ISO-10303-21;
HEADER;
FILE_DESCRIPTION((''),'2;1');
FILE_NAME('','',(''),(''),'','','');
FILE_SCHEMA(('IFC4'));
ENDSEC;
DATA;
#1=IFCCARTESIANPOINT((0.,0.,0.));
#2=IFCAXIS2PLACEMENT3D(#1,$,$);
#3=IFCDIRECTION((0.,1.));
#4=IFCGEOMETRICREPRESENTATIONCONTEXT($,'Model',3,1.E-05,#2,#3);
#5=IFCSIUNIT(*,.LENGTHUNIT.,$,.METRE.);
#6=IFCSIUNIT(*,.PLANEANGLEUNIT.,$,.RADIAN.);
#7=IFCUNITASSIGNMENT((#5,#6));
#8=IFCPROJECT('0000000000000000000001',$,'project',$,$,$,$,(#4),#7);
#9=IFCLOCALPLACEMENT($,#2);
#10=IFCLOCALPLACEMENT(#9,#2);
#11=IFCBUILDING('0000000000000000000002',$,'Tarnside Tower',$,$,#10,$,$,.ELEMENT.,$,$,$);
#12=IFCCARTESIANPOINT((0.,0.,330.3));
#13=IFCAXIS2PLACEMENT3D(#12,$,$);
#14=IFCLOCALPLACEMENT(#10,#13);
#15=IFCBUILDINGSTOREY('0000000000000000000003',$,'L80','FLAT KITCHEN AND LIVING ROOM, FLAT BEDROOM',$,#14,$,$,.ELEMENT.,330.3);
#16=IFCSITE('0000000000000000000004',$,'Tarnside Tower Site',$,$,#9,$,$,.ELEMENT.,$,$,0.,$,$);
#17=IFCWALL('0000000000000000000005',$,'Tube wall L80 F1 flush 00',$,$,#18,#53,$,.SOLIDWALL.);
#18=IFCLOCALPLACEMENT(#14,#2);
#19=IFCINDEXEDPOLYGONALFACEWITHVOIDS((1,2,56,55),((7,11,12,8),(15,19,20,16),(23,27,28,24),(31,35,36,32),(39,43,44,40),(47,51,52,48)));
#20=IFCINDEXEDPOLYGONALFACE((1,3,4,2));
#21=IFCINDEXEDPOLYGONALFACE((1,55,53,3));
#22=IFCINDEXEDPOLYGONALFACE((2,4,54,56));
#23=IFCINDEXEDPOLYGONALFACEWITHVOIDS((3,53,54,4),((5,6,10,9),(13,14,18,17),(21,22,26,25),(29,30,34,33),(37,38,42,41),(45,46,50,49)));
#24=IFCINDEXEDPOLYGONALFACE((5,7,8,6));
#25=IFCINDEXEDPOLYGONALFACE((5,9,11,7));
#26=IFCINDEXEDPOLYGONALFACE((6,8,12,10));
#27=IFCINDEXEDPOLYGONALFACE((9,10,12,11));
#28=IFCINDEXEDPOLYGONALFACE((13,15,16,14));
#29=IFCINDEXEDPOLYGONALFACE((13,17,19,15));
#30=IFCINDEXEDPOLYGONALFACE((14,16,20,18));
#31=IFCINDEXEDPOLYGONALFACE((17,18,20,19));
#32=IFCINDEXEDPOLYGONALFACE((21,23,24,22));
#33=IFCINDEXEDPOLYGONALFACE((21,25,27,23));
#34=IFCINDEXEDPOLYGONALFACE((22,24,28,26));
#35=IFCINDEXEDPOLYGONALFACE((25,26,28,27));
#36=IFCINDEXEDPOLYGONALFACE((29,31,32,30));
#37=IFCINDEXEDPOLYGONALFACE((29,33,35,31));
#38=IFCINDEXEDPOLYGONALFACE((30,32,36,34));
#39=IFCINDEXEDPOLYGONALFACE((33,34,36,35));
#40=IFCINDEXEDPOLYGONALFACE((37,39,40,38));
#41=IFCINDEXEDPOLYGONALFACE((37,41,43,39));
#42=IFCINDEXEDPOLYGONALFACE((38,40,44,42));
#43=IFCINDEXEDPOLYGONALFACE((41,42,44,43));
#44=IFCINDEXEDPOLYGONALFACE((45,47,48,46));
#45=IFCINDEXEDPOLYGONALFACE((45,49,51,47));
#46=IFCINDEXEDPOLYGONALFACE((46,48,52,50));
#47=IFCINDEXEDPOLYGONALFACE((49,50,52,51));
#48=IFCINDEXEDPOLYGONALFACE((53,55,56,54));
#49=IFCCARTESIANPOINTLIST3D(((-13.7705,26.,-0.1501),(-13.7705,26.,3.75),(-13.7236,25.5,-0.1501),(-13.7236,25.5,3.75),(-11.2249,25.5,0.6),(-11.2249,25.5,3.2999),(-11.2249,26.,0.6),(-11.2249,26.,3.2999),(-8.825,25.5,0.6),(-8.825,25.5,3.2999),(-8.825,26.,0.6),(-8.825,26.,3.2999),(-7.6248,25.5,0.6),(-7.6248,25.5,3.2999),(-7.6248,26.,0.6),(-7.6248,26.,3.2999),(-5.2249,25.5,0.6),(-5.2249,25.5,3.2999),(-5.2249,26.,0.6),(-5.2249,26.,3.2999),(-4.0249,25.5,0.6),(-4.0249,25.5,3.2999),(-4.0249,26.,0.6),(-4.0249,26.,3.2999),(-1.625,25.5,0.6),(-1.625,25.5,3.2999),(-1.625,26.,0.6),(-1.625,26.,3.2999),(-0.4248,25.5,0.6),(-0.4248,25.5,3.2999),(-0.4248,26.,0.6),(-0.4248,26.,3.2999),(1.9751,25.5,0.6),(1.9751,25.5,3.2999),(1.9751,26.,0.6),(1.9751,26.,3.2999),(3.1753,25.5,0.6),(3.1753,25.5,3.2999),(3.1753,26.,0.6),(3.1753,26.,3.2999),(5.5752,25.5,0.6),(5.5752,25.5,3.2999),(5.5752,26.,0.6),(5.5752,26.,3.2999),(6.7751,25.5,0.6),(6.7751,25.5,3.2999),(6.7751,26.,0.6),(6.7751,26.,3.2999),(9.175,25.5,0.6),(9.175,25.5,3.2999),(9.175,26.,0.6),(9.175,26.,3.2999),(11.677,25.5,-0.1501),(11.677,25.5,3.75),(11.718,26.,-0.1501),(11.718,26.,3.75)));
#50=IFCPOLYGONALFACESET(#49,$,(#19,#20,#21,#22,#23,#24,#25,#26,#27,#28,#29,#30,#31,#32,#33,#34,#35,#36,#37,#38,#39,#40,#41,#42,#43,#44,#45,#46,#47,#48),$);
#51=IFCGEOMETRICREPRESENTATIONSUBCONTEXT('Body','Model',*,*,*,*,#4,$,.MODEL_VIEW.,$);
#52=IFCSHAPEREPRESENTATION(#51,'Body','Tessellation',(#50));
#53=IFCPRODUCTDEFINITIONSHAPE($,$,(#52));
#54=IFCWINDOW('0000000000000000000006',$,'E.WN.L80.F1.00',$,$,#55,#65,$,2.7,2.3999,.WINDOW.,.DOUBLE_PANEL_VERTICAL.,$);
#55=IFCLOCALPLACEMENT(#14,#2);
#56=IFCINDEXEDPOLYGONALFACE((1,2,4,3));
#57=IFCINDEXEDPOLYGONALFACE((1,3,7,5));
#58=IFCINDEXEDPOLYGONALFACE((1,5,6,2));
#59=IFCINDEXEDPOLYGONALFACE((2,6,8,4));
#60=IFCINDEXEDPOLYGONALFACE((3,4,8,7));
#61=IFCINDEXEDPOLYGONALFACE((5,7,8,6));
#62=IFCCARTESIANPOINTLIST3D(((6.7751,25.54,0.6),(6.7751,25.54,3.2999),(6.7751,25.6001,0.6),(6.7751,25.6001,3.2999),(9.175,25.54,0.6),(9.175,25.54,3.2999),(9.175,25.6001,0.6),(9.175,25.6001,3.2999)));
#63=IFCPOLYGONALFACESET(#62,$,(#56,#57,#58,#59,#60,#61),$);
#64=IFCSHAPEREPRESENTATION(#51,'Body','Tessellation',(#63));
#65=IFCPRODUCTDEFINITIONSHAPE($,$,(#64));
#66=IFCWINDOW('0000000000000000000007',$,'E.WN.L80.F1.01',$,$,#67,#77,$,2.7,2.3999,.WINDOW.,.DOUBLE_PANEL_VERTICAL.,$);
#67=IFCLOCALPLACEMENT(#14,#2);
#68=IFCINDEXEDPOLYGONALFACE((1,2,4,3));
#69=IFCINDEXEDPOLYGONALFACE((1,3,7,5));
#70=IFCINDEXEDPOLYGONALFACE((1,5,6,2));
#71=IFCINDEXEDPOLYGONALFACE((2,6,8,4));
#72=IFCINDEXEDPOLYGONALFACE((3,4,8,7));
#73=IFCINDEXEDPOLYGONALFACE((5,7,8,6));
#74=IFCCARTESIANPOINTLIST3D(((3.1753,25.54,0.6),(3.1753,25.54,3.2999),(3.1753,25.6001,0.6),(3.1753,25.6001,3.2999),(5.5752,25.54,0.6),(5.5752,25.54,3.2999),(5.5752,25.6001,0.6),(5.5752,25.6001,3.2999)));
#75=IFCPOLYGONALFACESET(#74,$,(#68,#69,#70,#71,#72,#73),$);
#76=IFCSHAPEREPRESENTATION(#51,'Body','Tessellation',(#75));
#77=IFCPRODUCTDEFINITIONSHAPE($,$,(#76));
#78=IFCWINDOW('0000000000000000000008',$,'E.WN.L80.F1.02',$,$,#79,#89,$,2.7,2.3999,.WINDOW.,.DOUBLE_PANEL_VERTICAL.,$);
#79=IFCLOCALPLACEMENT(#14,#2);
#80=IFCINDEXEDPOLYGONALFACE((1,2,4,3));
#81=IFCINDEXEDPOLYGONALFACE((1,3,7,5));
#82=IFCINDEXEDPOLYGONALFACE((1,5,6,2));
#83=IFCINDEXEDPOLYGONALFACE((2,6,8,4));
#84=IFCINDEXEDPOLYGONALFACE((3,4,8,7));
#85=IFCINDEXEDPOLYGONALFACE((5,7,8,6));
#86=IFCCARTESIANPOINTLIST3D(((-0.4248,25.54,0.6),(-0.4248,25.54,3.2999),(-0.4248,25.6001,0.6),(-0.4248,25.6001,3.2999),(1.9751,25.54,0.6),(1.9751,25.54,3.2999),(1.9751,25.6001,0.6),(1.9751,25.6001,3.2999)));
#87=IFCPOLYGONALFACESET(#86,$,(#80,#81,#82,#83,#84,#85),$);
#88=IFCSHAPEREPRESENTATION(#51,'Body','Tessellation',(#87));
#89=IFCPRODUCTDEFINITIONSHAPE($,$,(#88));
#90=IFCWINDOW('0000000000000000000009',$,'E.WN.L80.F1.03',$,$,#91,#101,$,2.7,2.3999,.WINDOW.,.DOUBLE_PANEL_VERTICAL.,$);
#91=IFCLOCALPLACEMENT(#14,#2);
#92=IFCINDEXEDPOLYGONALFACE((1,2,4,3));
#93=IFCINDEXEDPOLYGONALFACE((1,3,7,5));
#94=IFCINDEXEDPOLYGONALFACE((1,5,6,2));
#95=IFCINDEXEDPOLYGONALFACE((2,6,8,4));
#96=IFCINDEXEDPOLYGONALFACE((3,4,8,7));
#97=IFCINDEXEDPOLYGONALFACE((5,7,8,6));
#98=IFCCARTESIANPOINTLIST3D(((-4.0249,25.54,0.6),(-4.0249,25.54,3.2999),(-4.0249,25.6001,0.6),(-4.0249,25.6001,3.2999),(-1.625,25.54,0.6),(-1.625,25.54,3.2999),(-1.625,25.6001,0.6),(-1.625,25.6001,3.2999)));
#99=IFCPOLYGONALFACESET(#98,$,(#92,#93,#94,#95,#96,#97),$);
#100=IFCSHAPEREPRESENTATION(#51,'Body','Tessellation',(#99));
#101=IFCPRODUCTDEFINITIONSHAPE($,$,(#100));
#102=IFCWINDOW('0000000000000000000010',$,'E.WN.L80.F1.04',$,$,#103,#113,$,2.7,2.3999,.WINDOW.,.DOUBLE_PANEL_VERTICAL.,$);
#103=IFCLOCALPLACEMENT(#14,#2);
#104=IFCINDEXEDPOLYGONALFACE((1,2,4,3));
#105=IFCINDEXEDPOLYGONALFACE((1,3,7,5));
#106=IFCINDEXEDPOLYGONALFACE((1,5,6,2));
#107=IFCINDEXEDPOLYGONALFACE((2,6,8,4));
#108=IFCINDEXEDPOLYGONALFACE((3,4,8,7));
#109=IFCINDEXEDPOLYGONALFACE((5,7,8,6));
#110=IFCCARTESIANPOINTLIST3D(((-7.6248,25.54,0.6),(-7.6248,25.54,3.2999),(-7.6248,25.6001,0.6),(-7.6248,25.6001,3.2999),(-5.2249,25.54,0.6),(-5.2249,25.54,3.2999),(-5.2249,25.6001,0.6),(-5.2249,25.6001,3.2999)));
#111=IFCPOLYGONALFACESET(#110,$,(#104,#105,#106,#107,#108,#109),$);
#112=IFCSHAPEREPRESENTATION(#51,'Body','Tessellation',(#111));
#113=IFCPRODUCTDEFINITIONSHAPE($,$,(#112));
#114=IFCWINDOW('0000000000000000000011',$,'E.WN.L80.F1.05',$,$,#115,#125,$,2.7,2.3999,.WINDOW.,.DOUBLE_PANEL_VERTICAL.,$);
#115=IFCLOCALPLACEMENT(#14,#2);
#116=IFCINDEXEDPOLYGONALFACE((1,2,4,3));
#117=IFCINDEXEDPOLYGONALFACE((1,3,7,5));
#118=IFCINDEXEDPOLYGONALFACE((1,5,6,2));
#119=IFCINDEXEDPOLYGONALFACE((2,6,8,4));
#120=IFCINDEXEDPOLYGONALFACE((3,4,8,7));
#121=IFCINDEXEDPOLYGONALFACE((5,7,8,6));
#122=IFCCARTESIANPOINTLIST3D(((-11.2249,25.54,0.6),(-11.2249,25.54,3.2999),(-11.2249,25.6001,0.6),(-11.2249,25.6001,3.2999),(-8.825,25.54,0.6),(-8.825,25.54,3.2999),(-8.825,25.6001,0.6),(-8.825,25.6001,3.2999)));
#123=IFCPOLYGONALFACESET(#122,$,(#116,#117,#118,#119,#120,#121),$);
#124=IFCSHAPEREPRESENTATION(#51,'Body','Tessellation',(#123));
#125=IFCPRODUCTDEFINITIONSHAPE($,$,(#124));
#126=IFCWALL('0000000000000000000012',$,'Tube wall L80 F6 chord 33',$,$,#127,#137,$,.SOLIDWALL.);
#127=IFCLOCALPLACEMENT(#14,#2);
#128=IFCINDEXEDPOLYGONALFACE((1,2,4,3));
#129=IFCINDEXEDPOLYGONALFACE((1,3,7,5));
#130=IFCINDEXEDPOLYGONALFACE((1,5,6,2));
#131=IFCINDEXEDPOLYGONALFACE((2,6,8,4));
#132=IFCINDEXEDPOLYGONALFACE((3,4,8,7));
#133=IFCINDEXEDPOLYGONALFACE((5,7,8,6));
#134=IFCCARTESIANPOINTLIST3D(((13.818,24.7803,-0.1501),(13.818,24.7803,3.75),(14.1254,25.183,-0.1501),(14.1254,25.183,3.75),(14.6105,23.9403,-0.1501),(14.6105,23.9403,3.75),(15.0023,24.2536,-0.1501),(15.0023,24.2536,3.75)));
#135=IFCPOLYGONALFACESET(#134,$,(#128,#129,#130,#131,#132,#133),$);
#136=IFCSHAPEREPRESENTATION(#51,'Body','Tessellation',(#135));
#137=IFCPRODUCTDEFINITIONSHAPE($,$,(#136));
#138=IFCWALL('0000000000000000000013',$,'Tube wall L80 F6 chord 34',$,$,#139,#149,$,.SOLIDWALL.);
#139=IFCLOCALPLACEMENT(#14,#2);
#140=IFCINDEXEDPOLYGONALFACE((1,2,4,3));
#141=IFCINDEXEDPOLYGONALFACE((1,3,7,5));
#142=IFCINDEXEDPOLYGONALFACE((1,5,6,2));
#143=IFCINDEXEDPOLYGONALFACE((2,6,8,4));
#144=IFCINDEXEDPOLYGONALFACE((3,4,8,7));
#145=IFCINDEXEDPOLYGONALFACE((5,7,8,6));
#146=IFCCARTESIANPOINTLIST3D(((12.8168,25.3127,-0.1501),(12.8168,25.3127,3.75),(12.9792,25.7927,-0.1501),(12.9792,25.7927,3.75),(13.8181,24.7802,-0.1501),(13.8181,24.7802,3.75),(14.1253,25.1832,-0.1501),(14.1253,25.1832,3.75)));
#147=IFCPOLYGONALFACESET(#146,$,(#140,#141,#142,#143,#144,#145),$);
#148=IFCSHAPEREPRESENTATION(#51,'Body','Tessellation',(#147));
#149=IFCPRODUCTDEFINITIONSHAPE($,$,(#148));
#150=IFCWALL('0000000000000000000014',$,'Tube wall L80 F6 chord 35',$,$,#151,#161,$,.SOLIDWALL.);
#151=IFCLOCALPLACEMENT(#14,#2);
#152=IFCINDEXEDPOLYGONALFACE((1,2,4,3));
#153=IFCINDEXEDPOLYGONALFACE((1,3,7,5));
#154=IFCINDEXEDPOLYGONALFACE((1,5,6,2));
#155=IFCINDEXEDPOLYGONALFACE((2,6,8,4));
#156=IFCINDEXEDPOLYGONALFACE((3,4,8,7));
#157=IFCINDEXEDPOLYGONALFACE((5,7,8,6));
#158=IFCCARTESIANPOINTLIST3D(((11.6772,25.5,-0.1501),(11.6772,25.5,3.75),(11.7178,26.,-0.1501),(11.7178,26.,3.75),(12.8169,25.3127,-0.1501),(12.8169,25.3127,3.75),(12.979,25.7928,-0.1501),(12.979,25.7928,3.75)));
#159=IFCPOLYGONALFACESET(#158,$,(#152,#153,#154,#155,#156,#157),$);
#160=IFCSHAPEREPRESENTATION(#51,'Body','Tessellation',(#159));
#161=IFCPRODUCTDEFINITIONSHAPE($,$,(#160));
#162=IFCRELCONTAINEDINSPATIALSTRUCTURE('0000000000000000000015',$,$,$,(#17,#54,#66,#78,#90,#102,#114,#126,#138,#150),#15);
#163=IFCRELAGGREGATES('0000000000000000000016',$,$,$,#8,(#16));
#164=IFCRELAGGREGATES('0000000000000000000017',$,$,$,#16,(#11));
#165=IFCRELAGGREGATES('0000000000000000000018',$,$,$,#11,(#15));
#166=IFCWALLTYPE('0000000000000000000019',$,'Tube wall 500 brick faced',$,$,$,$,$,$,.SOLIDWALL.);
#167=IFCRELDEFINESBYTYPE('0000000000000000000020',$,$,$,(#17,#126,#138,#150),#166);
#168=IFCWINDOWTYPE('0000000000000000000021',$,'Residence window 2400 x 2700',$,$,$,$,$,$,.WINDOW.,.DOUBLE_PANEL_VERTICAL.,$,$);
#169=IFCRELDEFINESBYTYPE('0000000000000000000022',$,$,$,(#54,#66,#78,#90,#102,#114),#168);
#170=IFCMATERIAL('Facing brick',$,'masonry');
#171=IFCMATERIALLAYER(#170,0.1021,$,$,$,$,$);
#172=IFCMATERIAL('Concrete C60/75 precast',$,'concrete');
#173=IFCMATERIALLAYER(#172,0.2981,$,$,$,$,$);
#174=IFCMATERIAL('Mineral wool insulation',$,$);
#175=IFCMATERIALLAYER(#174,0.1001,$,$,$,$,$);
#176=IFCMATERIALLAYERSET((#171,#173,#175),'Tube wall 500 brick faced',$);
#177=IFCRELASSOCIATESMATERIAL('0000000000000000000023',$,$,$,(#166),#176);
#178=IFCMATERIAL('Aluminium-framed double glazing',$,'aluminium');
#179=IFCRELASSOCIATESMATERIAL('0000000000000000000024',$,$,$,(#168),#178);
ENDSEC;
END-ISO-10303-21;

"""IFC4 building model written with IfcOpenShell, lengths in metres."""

from ifc_helpers import new_model, si_unit, direction, frame, frame_2d, origin, place, context, subcontext, project, spatial, polyline, rectangle, outline, extrude, material, layer, layer_set, type_object, element, fill, save


model = new_model("IFC4")

# Units and contexts
model_context = context("Model", 3, precision=1e-05, world=origin(), true_north=direction((0.0, 1.0)))
body_context = subcontext(model_context, "Body", "Model", "MODEL_VIEW")
ifc_project = project(units=[si_unit("LENGTHUNIT", "METRE"), si_unit("PLANEANGLEUNIT", "RADIAN")], contexts=[model_context])

# Site, building, storey
site_placement = place(None, origin())
site = spatial("IfcSite", under=ifc_project, at=site_placement, Name="Tarnside Tower Site", CompositionType="ELEMENT", RefElevation=0.0)
building_placement = place(site_placement, origin())
building = spatial("IfcBuilding", under=site, at=building_placement, Name="Tarnside Tower", CompositionType="ELEMENT")
storey_placement = place(building_placement, frame((0.0, 0.0, 330.3)))
storey = spatial("IfcBuildingStorey", under=building, at=storey_placement, Name="L80", Description="FLAT KITCHEN AND LIVING ROOM, FLAT BEDROOM", CompositionType="ELEMENT", Elevation=330.3)

# Shared definitions
ifc_material_1 = material(Name="Concrete C60/75 precast", Category="concrete")
ifc_material_2 = material(Name="Mineral wool insulation")

# Wall, openings, windows
ifc_material_3 = material(Name="Facing brick", Category="masonry")
ifc_layer_1 = layer(ifc_material_3, 0.1021)
ifc_layer_2 = layer(ifc_material_1, 0.2981)
ifc_layer_3 = layer(ifc_material_2, 0.1001)
ifc_layer_set_1 = layer_set([ifc_layer_1, ifc_layer_2, ifc_layer_3], Name="Tube wall 500 brick faced")
wall_type_1 = type_object("IfcWallType", Name="Tube wall 500 brick faced", PredefinedType="SOLIDWALL", material=ifc_layer_set_1)
wall_1_placement = place(storey_placement, frame((11.6975, 25.75, -0.1501), z_axis=(0.0, 0.0, 1.0), x_axis=(-1.0, 0.0, 0.0)))
wall_1 = element("IfcWall", 1, at=wall_1_placement, inside=storey, type_object=wall_type_1, Name="Tube wall L80 F1 flush 00", PredefinedType="SOLIDWALL", context=body_context, shape_type="SweptSolid", body=[
    extrude(outline(polyline([(-0.0205, -0.25), (25.468, -0.25), (25.4211, 0.25), (0.0205, 0.25), (-0.0205, -0.25)])), origin(), (0.0, 0.0, 1.0), 3.9001),
])
opening_1_placement = place(wall_1_placement, frame((2.5225, 0.0, 0.75)))
opening_1 = element("IfcOpeningElement", 2, at=opening_1_placement, cuts=wall_1, PredefinedType="OPENING", context=body_context, shape_type="SweptSolid", body=[
    extrude(rectangle(XDim=2.3999, YDim=2.7, at=frame_2d((1.2, 1.3501))), frame((0.0, 0.26, 0.0), z_axis=(0.0, -1.0, 0.0), x_axis=(1.0, 0.0, 0.0)), (0.0, 0.0, 1.0), 0.52),
])
opening_2_placement = place(wall_1_placement, frame((6.1223, 0.0, 0.75)))
opening_2 = element("IfcOpeningElement", 3, at=opening_2_placement, cuts=wall_1, PredefinedType="OPENING", context=body_context, shape_type="SweptSolid", body=[
    extrude(rectangle(XDim=2.3999, YDim=2.7, at=frame_2d((1.2, 1.3501))), frame((0.0, 0.26, 0.0), z_axis=(0.0, -1.0, 0.0), x_axis=(1.0, 0.0, 0.0)), (0.0, 0.0, 1.0), 0.52),
])
opening_3_placement = place(wall_1_placement, frame((9.7224, 0.0, 0.75)))
opening_3 = element("IfcOpeningElement", 4, at=opening_3_placement, cuts=wall_1, PredefinedType="OPENING", context=body_context, shape_type="SweptSolid", body=[
    extrude(rectangle(XDim=2.3999, YDim=2.7, at=frame_2d((1.2, 1.3501))), frame((0.0, 0.26, 0.0), z_axis=(0.0, -1.0, 0.0), x_axis=(1.0, 0.0, 0.0)), (0.0, 0.0, 1.0), 0.52),
])
opening_4_placement = place(wall_1_placement, frame((13.3225, 0.0, 0.75)))
opening_4 = element("IfcOpeningElement", 5, at=opening_4_placement, cuts=wall_1, PredefinedType="OPENING", context=body_context, shape_type="SweptSolid", body=[
    extrude(rectangle(XDim=2.3999, YDim=2.7, at=frame_2d((1.2, 1.3501))), frame((0.0, 0.26, 0.0), z_axis=(0.0, -1.0, 0.0), x_axis=(1.0, 0.0, 0.0)), (0.0, 0.0, 1.0), 0.52),
])
opening_5_placement = place(wall_1_placement, frame((16.9224, 0.0, 0.75)))
opening_5 = element("IfcOpeningElement", 6, at=opening_5_placement, cuts=wall_1, PredefinedType="OPENING", context=body_context, shape_type="SweptSolid", body=[
    extrude(rectangle(XDim=2.3999, YDim=2.7, at=frame_2d((1.2, 1.3501))), frame((0.0, 0.26, 0.0), z_axis=(0.0, -1.0, 0.0), x_axis=(1.0, 0.0, 0.0)), (0.0, 0.0, 1.0), 0.52),
])
opening_6_placement = place(wall_1_placement, frame((20.5225, 0.0, 0.75)))
opening_6 = element("IfcOpeningElement", 7, at=opening_6_placement, cuts=wall_1, PredefinedType="OPENING", context=body_context, shape_type="SweptSolid", body=[
    extrude(rectangle(XDim=2.3999, YDim=2.7, at=frame_2d((1.2, 1.3501))), frame((0.0, 0.26, 0.0), z_axis=(0.0, -1.0, 0.0), x_axis=(1.0, 0.0, 0.0)), (0.0, 0.0, 1.0), 0.52),
])
ifc_material_4 = material(Name="Aluminium-framed double glazing", Category="aluminium")
window_type = type_object("IfcWindowType", Name="Residence window 2400 x 2700", PartitioningType="DOUBLE_PANEL_VERTICAL", PredefinedType="WINDOW", material=ifc_material_4)
window_1_placement = place(opening_1_placement, frame((0.0, 0.1799, 0.0)))
window_1 = element("IfcWindow", 8, at=window_1_placement, inside=storey, type_object=window_type, Name="E.WN.L80.F1.00", OverallHeight=2.7, OverallWidth=2.3999, PartitioningType="DOUBLE_PANEL_VERTICAL", PredefinedType="WINDOW", context=body_context, shape_type="SweptSolid", body=[
    extrude(rectangle(XDim=2.3999, YDim=2.7, at=frame_2d((1.2, 1.3501))), frame((0.0, 0.03, 0.0), z_axis=(0.0, -1.0, 0.0), x_axis=(1.0, 0.0, 0.0)), (0.0, 0.0, 1.0), 0.0601),
])
fill(opening_1, window_1)
window_2_placement = place(opening_2_placement, frame((0.0, 0.1799, 0.0)))
window_2 = element("IfcWindow", 9, at=window_2_placement, inside=storey, type_object=window_type, Name="E.WN.L80.F1.01", OverallHeight=2.7, OverallWidth=2.3999, PartitioningType="DOUBLE_PANEL_VERTICAL", PredefinedType="WINDOW", context=body_context, shape_type="SweptSolid", body=[
    extrude(rectangle(XDim=2.3999, YDim=2.7, at=frame_2d((1.2, 1.3501))), frame((0.0, 0.03, 0.0), z_axis=(0.0, -1.0, 0.0), x_axis=(1.0, 0.0, 0.0)), (0.0, 0.0, 1.0), 0.0601),
])
fill(opening_2, window_2)
window_3_placement = place(opening_3_placement, frame((0.0, 0.1799, 0.0)))
window_3 = element("IfcWindow", 10, at=window_3_placement, inside=storey, type_object=window_type, Name="E.WN.L80.F1.02", OverallHeight=2.7, OverallWidth=2.3999, PartitioningType="DOUBLE_PANEL_VERTICAL", PredefinedType="WINDOW", context=body_context, shape_type="SweptSolid", body=[
    extrude(rectangle(XDim=2.3999, YDim=2.7, at=frame_2d((1.2, 1.3501))), frame((0.0, 0.03, 0.0), z_axis=(0.0, -1.0, 0.0), x_axis=(1.0, 0.0, 0.0)), (0.0, 0.0, 1.0), 0.0601),
])
fill(opening_3, window_3)
window_4_placement = place(opening_4_placement, frame((0.0, 0.1799, 0.0)))
window_4 = element("IfcWindow", 11, at=window_4_placement, inside=storey, type_object=window_type, Name="E.WN.L80.F1.03", OverallHeight=2.7, OverallWidth=2.3999, PartitioningType="DOUBLE_PANEL_VERTICAL", PredefinedType="WINDOW", context=body_context, shape_type="SweptSolid", body=[
    extrude(rectangle(XDim=2.3999, YDim=2.7, at=frame_2d((1.2, 1.3501))), frame((0.0, 0.03, 0.0), z_axis=(0.0, -1.0, 0.0), x_axis=(1.0, 0.0, 0.0)), (0.0, 0.0, 1.0), 0.0601),
])
fill(opening_4, window_4)
window_5_placement = place(opening_5_placement, frame((0.0, 0.1799, 0.0)))
window_5 = element("IfcWindow", 12, at=window_5_placement, inside=storey, type_object=window_type, Name="E.WN.L80.F1.04", OverallHeight=2.7, OverallWidth=2.3999, PartitioningType="DOUBLE_PANEL_VERTICAL", PredefinedType="WINDOW", context=body_context, shape_type="SweptSolid", body=[
    extrude(rectangle(XDim=2.3999, YDim=2.7, at=frame_2d((1.2, 1.3501))), frame((0.0, 0.03, 0.0), z_axis=(0.0, -1.0, 0.0), x_axis=(1.0, 0.0, 0.0)), (0.0, 0.0, 1.0), 0.0601),
])
fill(opening_5, window_5)
window_6_placement = place(opening_6_placement, frame((0.0, 0.1799, 0.0)))
window_6 = element("IfcWindow", 13, at=window_6_placement, inside=storey, type_object=window_type, Name="E.WN.L80.F1.05", OverallHeight=2.7, OverallWidth=2.3999, PartitioningType="DOUBLE_PANEL_VERTICAL", PredefinedType="WINDOW", context=body_context, shape_type="SweptSolid", body=[
    extrude(rectangle(XDim=2.3999, YDim=2.7, at=frame_2d((1.2, 1.3501))), frame((0.0, 0.03, 0.0), z_axis=(0.0, -1.0, 0.0), x_axis=(1.0, 0.0, 0.0)), (0.0, 0.0, 1.0), 0.0601),
])
fill(opening_6, window_6)

# Walls
wall_2_placement = place(storey_placement, frame((14.8064, 24.0969, -0.1501), z_axis=(0.0, 0.0, 1.0), x_axis=(-0.686234, 0.72738, 0.0)))
element("IfcWall", 14, at=wall_2_placement, inside=storey, type_object=wall_type_1, Name="Tube wall L80 F6 chord 33", PredefinedType="SOLIDWALL", context=body_context, shape_type="SweptSolid", body=[
    extrude(outline(polyline([(-0.0205, -0.25), (1.2573, -0.25), (1.1753, 0.25), (0.0205, 0.25), (-0.0205, -0.25)])), origin(), (0.0, 0.0, 1.0), 3.9001),
])
wall_3_placement = place(storey_placement, frame((13.9717, 24.9817, -0.1501), z_axis=(0.0, 0.0, 1.0), x_axis=(-0.882902, 0.469556, 0.0)))
element("IfcWall", 15, at=wall_3_placement, inside=storey, type_object=wall_type_1, Name="Tube wall L80 F6 chord 34", PredefinedType="SOLIDWALL", context=body_context, shape_type="SweptSolid", body=[
    extrude(outline(polyline([(-0.041, -0.25), (1.2571, -0.25), (1.175, 0.25), (0.041, 0.25), (-0.041, -0.25)])), origin(), (0.0, 0.0, 1.0), 3.9001),
])
wall_4_placement = place(storey_placement, frame((12.8979, 25.5527, -0.1501), z_axis=(0.0, 0.0, 1.0), x_axis=(-0.986766, 0.162153, 0.0)))
element("IfcWall", 16, at=wall_4_placement, inside=storey, type_object=wall_type_1, Name="Tube wall L80 F6 chord 35", PredefinedType="SOLIDWALL", context=body_context, shape_type="SweptSolid", body=[
    extrude(outline(polyline([(-0.041, -0.25), (1.2371, -0.25), (1.196, 0.25), (0.041, 0.25), (-0.041, -0.25)])), origin(), (0.0, 0.0, 1.0), 3.9001),
])

save(model, "model.ifc")
